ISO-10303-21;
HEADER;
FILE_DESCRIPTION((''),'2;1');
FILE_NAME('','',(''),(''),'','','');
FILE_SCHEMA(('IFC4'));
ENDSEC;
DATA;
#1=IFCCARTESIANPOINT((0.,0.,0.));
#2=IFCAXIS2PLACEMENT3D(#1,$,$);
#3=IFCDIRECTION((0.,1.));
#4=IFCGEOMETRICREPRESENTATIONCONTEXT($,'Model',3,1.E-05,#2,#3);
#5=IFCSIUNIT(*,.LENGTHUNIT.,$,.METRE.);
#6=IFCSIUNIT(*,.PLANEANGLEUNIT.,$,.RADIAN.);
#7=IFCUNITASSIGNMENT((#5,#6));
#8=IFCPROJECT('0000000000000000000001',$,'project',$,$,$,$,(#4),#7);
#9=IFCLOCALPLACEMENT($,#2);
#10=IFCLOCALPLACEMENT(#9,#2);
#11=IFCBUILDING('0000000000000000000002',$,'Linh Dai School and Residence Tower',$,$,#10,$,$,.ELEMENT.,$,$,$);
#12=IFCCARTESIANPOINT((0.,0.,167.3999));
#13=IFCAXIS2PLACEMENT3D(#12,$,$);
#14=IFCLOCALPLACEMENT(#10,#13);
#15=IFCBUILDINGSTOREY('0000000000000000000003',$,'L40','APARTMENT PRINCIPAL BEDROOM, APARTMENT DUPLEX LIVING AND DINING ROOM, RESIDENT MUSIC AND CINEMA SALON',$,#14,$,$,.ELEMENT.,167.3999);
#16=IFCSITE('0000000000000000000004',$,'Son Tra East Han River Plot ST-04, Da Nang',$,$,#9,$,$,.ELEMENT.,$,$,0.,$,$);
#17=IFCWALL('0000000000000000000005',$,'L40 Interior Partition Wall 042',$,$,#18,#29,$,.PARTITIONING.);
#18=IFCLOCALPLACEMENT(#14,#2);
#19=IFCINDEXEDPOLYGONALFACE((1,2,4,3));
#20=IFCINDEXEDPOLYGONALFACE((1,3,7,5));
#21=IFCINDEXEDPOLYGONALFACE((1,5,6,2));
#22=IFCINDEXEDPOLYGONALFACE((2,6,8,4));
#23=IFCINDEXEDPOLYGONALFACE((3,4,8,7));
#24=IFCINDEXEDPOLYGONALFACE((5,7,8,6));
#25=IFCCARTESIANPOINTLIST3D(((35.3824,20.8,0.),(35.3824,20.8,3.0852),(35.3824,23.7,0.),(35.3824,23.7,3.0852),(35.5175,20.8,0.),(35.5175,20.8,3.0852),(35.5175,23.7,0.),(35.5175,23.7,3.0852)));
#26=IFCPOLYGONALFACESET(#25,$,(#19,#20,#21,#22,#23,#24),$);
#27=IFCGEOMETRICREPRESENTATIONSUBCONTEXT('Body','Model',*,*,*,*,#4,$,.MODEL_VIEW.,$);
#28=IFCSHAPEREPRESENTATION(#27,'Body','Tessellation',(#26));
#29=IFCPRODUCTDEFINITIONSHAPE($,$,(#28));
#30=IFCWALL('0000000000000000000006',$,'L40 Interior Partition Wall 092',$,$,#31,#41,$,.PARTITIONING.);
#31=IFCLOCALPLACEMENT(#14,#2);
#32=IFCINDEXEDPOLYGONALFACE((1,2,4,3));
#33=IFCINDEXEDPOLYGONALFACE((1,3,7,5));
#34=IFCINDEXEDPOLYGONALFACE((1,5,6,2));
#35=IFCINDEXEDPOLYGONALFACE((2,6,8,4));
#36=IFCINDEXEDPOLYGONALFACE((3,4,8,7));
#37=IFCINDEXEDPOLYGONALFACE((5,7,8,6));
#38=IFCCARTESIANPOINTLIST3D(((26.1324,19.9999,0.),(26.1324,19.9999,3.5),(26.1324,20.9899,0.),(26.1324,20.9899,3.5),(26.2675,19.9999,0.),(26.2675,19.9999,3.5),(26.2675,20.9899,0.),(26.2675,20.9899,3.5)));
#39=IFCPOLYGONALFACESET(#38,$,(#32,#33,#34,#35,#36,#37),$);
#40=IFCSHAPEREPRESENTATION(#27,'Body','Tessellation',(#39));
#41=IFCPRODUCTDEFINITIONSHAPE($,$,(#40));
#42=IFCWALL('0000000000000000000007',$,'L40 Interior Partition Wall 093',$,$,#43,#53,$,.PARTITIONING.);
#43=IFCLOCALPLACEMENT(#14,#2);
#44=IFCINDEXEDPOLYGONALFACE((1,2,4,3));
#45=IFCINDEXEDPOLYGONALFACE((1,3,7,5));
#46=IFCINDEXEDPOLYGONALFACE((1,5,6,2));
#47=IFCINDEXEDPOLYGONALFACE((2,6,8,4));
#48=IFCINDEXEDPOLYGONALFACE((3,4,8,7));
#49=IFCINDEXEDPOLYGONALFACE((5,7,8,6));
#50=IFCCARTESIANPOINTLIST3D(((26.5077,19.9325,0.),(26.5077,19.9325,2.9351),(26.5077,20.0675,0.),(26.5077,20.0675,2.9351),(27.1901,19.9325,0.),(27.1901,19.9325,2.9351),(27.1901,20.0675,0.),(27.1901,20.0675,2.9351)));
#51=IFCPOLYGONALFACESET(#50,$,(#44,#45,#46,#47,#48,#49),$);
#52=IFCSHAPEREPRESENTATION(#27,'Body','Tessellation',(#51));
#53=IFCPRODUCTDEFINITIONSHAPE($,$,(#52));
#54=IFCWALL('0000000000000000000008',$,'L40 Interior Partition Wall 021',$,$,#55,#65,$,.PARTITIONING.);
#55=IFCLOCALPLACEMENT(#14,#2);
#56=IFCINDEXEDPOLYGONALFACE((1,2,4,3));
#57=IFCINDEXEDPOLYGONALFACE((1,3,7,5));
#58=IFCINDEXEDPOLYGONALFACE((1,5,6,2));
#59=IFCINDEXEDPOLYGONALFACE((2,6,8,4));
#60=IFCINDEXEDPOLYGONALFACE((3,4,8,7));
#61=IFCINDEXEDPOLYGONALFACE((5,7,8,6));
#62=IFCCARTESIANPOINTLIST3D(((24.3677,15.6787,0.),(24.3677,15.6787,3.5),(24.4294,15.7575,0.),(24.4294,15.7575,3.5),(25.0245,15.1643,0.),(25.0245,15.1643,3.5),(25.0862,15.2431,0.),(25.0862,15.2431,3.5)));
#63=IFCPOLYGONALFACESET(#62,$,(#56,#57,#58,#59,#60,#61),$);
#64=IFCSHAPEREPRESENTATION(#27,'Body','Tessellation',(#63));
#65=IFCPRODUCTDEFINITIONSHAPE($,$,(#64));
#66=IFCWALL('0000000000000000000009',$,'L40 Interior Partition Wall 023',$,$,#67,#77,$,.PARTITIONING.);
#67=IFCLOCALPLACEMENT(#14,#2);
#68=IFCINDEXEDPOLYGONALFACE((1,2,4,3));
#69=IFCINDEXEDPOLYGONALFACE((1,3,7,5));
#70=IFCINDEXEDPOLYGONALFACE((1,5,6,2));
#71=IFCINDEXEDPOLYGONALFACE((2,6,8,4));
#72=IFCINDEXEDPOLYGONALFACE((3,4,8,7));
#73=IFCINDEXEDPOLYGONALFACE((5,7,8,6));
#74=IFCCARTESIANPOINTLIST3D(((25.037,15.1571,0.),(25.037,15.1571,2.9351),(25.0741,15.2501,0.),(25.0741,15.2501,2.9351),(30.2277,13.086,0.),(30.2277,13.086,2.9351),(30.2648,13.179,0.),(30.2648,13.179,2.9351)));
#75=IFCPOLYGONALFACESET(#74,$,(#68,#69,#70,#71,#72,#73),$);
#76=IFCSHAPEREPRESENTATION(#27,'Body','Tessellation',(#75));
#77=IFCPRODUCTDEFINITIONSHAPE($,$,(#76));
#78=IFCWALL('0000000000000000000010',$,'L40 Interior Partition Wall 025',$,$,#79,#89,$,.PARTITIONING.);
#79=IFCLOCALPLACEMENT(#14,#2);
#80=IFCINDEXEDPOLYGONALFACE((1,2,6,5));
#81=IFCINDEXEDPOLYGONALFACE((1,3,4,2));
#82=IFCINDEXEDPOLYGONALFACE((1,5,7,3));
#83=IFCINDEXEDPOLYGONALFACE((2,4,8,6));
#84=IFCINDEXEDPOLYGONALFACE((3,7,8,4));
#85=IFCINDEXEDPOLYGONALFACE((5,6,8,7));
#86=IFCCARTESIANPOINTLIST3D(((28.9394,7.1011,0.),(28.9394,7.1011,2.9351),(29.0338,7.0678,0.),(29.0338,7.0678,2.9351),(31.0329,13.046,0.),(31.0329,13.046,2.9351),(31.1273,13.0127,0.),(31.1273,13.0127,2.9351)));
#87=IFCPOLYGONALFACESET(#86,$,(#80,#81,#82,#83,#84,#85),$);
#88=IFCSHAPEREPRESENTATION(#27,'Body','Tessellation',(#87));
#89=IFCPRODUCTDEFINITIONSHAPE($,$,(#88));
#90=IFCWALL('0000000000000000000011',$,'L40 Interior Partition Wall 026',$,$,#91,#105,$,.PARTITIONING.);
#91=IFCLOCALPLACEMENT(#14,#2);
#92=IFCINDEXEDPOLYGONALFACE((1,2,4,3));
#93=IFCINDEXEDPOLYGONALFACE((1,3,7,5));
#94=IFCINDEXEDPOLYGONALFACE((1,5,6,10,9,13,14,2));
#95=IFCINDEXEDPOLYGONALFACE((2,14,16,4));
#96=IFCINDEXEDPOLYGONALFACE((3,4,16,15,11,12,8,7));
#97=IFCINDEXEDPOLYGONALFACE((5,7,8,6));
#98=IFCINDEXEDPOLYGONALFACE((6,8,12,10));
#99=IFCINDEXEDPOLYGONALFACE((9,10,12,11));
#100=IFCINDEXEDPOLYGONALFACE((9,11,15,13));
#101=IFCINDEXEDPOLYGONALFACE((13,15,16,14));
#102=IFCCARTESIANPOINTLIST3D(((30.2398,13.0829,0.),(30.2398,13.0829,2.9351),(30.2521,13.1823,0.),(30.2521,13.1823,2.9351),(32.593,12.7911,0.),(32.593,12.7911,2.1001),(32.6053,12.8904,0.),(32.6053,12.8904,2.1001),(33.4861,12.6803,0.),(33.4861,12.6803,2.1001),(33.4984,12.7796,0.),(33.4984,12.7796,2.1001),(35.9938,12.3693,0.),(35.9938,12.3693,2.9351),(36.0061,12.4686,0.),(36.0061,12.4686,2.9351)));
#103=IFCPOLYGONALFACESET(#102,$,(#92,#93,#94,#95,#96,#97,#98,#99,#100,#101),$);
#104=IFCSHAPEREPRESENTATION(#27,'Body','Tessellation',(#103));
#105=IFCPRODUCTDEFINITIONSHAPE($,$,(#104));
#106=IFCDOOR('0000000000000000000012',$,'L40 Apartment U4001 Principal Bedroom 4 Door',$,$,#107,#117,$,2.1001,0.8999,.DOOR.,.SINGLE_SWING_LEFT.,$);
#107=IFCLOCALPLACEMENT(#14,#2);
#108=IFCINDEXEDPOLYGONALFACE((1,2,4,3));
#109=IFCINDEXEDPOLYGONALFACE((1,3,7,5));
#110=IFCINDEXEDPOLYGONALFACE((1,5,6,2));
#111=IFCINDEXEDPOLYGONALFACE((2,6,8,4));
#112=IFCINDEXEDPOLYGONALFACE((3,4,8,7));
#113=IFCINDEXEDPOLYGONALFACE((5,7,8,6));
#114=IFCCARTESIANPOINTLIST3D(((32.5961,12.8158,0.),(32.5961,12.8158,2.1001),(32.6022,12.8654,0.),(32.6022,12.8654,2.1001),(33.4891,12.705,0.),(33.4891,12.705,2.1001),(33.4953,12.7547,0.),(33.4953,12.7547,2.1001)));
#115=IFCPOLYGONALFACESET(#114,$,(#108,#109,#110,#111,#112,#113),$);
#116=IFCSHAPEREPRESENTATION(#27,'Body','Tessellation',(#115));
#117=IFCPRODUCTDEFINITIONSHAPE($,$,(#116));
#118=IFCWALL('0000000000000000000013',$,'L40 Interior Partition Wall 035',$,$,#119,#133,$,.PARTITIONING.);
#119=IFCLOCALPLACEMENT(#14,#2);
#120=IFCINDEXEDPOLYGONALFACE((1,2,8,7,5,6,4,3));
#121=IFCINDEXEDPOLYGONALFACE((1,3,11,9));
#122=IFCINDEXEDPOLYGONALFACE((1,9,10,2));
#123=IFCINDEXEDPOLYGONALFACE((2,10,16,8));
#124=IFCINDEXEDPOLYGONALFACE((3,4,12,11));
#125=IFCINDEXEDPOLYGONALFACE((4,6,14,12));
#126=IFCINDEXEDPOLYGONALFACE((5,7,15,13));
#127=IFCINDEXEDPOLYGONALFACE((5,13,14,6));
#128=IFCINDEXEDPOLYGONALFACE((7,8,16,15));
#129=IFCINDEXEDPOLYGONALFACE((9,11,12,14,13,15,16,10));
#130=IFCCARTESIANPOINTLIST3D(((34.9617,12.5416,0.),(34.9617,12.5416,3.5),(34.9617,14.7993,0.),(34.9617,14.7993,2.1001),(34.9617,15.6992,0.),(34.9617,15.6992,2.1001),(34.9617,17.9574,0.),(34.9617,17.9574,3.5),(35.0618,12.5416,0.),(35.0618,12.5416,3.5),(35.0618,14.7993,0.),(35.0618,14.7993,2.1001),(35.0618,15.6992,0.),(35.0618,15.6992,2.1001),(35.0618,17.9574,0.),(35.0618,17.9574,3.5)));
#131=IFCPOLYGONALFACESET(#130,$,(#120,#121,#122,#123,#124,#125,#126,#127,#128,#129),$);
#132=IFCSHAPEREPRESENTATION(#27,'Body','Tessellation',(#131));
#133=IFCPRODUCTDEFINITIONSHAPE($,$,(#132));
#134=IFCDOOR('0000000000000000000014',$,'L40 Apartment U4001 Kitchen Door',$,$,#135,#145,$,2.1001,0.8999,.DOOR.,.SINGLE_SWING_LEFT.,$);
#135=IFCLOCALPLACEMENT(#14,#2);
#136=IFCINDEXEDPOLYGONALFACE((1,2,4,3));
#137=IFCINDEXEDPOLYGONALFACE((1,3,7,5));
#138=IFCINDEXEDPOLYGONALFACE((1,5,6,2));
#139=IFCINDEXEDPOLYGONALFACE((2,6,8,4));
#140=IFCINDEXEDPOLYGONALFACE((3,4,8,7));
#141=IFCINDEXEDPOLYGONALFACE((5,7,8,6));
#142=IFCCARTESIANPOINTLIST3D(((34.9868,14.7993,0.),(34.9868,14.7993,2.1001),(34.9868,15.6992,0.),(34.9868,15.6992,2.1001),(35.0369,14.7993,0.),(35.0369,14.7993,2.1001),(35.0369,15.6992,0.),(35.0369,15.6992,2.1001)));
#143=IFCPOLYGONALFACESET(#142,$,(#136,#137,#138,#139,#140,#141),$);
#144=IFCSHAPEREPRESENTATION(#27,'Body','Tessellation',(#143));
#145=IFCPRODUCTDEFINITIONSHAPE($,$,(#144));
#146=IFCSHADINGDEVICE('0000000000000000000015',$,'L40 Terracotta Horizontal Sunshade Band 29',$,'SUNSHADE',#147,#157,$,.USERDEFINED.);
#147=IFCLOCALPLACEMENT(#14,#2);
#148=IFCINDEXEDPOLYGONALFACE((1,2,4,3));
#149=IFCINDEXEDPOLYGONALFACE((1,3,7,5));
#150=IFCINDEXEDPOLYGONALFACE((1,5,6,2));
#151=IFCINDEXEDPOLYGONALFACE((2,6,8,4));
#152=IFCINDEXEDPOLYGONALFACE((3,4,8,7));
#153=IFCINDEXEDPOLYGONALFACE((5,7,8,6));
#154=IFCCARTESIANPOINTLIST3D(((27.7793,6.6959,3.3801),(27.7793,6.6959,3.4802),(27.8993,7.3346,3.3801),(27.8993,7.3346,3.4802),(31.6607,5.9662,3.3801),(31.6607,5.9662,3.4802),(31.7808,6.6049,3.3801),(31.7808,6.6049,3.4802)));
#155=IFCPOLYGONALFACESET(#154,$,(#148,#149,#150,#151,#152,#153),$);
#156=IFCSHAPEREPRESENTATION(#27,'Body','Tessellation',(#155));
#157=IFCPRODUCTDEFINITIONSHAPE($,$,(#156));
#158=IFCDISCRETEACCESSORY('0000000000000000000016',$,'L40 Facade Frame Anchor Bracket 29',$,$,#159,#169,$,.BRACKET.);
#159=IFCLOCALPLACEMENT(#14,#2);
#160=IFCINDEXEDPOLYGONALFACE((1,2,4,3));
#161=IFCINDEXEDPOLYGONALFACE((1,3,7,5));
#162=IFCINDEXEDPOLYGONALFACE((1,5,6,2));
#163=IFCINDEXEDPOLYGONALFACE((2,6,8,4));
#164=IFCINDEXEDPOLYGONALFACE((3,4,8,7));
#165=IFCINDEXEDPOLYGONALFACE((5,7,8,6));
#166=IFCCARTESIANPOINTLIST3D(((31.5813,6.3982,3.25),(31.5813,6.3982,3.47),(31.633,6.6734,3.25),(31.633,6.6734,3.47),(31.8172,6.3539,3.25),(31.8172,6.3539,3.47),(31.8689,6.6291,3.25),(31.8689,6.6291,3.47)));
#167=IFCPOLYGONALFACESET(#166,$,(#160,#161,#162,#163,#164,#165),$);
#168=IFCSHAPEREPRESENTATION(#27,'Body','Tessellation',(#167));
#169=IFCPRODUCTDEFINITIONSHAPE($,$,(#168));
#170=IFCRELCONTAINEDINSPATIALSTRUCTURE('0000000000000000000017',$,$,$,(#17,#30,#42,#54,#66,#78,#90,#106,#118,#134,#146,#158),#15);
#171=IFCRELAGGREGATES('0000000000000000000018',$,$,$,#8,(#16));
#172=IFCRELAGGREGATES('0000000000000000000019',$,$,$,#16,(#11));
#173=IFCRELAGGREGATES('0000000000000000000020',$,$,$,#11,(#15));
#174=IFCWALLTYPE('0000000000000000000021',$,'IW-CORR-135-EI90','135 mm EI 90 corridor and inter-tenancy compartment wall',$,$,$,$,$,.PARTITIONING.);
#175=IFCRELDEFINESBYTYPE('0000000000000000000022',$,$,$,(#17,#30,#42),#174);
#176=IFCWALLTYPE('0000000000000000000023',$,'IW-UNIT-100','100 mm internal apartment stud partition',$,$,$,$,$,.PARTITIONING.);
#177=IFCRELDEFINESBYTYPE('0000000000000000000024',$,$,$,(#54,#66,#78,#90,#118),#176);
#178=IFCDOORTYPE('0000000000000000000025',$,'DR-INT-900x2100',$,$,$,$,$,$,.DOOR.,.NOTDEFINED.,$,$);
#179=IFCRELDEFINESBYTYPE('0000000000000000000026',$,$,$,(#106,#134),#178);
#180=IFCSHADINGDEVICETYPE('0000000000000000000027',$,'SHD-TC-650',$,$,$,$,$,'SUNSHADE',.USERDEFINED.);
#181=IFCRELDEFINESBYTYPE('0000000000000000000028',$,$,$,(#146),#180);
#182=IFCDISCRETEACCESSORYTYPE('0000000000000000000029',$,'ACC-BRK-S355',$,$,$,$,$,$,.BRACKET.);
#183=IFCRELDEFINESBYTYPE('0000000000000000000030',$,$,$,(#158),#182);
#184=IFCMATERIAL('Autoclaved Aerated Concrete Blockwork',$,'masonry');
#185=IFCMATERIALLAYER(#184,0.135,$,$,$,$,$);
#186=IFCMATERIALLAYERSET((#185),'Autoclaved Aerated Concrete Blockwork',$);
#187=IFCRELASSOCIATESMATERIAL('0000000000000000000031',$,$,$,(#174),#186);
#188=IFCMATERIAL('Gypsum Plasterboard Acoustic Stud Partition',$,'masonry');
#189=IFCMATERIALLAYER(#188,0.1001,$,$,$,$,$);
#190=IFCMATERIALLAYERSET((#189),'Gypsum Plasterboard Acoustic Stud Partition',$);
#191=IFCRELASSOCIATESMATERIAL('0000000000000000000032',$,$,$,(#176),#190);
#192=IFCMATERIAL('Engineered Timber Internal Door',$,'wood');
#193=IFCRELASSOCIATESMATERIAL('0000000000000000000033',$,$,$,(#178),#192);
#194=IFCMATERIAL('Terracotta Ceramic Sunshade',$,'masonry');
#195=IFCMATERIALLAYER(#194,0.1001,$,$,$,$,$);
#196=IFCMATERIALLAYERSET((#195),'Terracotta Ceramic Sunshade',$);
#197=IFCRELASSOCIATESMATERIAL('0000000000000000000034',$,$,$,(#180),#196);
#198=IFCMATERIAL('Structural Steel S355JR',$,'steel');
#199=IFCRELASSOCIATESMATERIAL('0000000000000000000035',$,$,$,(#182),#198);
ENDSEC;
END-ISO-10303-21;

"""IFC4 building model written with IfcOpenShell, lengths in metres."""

from ifc_helpers import new_model, si_unit, direction, frame, frame_2d, origin, origin_2d, place, context, subcontext, project, spatial, rectangle, extrude, source, transform, mapped, material, layer, layer_set, type_object, element, fill, save


model = new_model("IFC4")

# Units and contexts
model_context = context("Model", 3, precision=1e-05, world=origin(), true_north=direction((0.0, 1.0)))
body_context = subcontext(model_context, "Body", "Model", "MODEL_VIEW")
ifc_project = project(units=[si_unit("LENGTHUNIT", "METRE"), si_unit("PLANEANGLEUNIT", "RADIAN")], contexts=[model_context])

# Site, building, storey
site_placement = place(None, origin())
site = spatial("IfcSite", under=ifc_project, at=site_placement, Name="Son Tra East Han River Plot ST-04, Da Nang", CompositionType="ELEMENT", RefElevation=0.0)
building_placement = place(site_placement, origin())
building = spatial("IfcBuilding", under=site, at=building_placement, Name="Linh Dai School and Residence Tower", CompositionType="ELEMENT")
storey_placement = place(building_placement, frame((0.0, 0.0, 167.3999)))
storey = spatial("IfcBuildingStorey", under=building, at=storey_placement, Name="L40", Description="APARTMENT PRINCIPAL BEDROOM, APARTMENT DUPLEX LIVING AND DINING ROOM, RESIDENT MUSIC AND CINEMA SALON", CompositionType="ELEMENT", Elevation=167.3999)

# Shared definitions
ifc_material_1 = material(Name="Structural Steel S355JR", Category="steel")

# Walls
ifc_material_2 = material(Name="Autoclaved Aerated Concrete Blockwork", Category="masonry")
ifc_layer_1 = layer(ifc_material_2, 0.135)
ifc_layer_set_1 = layer_set([ifc_layer_1], Name="Autoclaved Aerated Concrete Blockwork")
wall_type_1 = type_object("IfcWallType", Name="IW-CORR-135-EI90", Description="135 mm EI 90 corridor and inter-tenancy compartment wall", PredefinedType="PARTITIONING", material=ifc_layer_set_1)
wall_1_placement = place(storey_placement, frame((35.45, 20.8, 0.0), z_axis=(0.0, 0.0, 1.0), x_axis=(0.0, 1.0, 0.0)))
element("IfcWall", 1, at=wall_1_placement, inside=storey, type_object=wall_type_1, Name="L40 Interior Partition Wall 042", PredefinedType="PARTITIONING", context=body_context, shape_type="SweptSolid", body=[
    extrude(rectangle(XDim=2.8999, YDim=0.135, at=frame_2d((1.45, 0.0))), origin(), (0.0, 0.0, 1.0), 3.0852),
])
wall_2_placement = place(storey_placement, frame((26.2, 20.99, 0.0), z_axis=(0.0, 0.0, 1.0), x_axis=(0.0, -1.0, 0.0)))
element("IfcWall", 2, at=wall_2_placement, inside=storey, type_object=wall_type_1, Name="L40 Interior Partition Wall 092", PredefinedType="PARTITIONING", context=body_context, shape_type="SweptSolid", body=[
    extrude(rectangle(XDim=0.99, YDim=0.135, at=frame_2d((0.4951, 0.0))), origin(), (0.0, 0.0, 1.0), 3.5),
])
wall_3_placement = place(storey_placement, frame((26.5076, 20.0, 0.0), z_axis=(0.0, 0.0, 1.0), x_axis=(1.0, 0.0, 0.0)))
element("IfcWall", 3, at=wall_3_placement, inside=storey, type_object=wall_type_1, Name="L40 Interior Partition Wall 093", PredefinedType="PARTITIONING", context=body_context, shape_type="SweptSolid", body=[
    extrude(rectangle(XDim=0.6824, YDim=0.135, at=frame_2d((0.3413, 0.0))), origin(), (0.0, 0.0, 1.0), 2.9351),
])

# Walls
ifc_material_3 = material(Name="Gypsum Plasterboard Acoustic Stud Partition", Category="masonry")
ifc_layer_2 = layer(ifc_material_3, 0.1001)
ifc_layer_set_2 = layer_set([ifc_layer_2], Name="Gypsum Plasterboard Acoustic Stud Partition")
wall_type_2 = type_object("IfcWallType", Name="IW-UNIT-100", Description="100 mm internal apartment stud partition", PredefinedType="PARTITIONING", material=ifc_layer_set_2)
wall_4_placement = place(storey_placement, frame((24.3987, 15.718, 0.0), z_axis=(0.0, 0.0, 1.0), x_axis=(0.787252, -0.616632, 0.0)))
element("IfcWall", 4, at=wall_4_placement, inside=storey, type_object=wall_type_2, Name="L40 Interior Partition Wall 021", PredefinedType="PARTITIONING", context=body_context, shape_type="SweptSolid", body=[
    extrude(rectangle(XDim=0.8342, YDim=0.1001, at=frame_2d((0.417, 0.0))), origin(), (0.0, 0.0, 1.0), 3.5),
])
wall_5_placement = place(storey_placement, frame((25.0554, 15.2036, 0.0), z_axis=(0.0, 0.0, 1.0), x_axis=(0.928799, -0.370585, 0.0)))
element("IfcWall", 5, at=wall_5_placement, inside=storey, type_object=wall_type_2, Name="L40 Interior Partition Wall 023", PredefinedType="PARTITIONING", context=body_context, shape_type="SweptSolid", body=[
    extrude(rectangle(XDim=5.5886, YDim=0.1001, at=frame_2d((2.7944, 0.0))), origin(), (0.0, 0.0, 1.0), 2.9351),
])
wall_6_placement = place(storey_placement, frame((28.9866, 7.0845, 0.0), z_axis=(0.0, 0.0, 1.0), x_axis=(0.332162, 0.943223, 0.0)))
element("IfcWall", 6, at=wall_6_placement, inside=storey, type_object=wall_type_2, Name="L40 Interior Partition Wall 025", PredefinedType="PARTITIONING", context=body_context, shape_type="SweptSolid", body=[
    extrude(rectangle(XDim=6.3027, YDim=0.1001, at=frame_2d((3.1514, 0.0))), origin(), (0.0, 0.0, 1.0), 2.9351),
])

# Walls, openings, doors
wall_7_placement = place(storey_placement, frame((30.2461, 13.1326, 0.0), z_axis=(0.0, 0.0, 1.0), x_axis=(0.992397, -0.123081, 0.0)))
wall_7 = element("IfcWall", 7, at=wall_7_placement, inside=storey, type_object=wall_type_2, Name="L40 Interior Partition Wall 026", PredefinedType="PARTITIONING", context=body_context, shape_type="SweptSolid", body=[
    extrude(rectangle(XDim=5.7981, YDim=0.1001, at=frame_2d((2.8989, 0.0))), origin(), (0.0, 0.0, 1.0), 2.9351),
])
opening_1_placement = place(wall_7_placement, frame((2.3711, 0.0, 0.0)))
opening_1 = element("IfcOpeningElement", 8, at=opening_1_placement, cuts=wall_7, PredefinedType="OPENING", context=body_context, shape_type="SweptSolid", body=[
    extrude(rectangle(XDim=0.8999, YDim=2.1001, at=origin_2d()), frame((0.45, 0.0601, 1.05), z_axis=(0.0, -1.0, 0.0), x_axis=(1.0, 0.0, 0.0)), (0.0, 0.0, 1.0), 0.1201),
])
ifc_material_4 = material(Name="Engineered Timber Internal Door", Category="wood")
door_type_1 = type_object("IfcDoorType", Name="DR-INT-900x2100", OperationType="NOTDEFINED", PredefinedType="DOOR", material=ifc_material_4)
shared_shape_1 = source(origin(), body_context, "Body", "SweptSolid", [
    extrude(rectangle(XDim=0.8999, YDim=2.1001, at=origin_2d()), frame((0.45, 0.0249, 1.05), z_axis=(0.0, -1.0, 0.0), x_axis=(1.0, 0.0, 0.0)), (0.0, 0.0, 1.0), 0.05),
])
door_1_placement = place(opening_1_placement, origin())
door_1 = element("IfcDoor", 9, at=door_1_placement, inside=storey, type_object=door_type_1, Name="L40 Apartment U4001 Principal Bedroom 4 Door", OperationType="SINGLE_SWING_LEFT", OverallHeight=2.1001, OverallWidth=0.8999, PredefinedType="DOOR", context=body_context, shape_type="MappedRepresentation", body=[
    mapped(shared_shape_1, transform((0.0, 0.0, 0.0), x_axis=(1.0, 0.0, 0.0), y_axis=(0.0, 1.0, 0.0), z_axis=(0.0, 0.0, 1.0), scale=1.0)),
])
fill(opening_1, door_1)
wall_8_placement = place(storey_placement, frame((35.0117, 12.5415, 0.0), z_axis=(0.0, 0.0, 1.0), x_axis=(0.0, 1.0, 0.0)))
wall_8 = element("IfcWall", 10, at=wall_8_placement, inside=storey, type_object=wall_type_2, Name="L40 Interior Partition Wall 035", PredefinedType="PARTITIONING", context=body_context, shape_type="SweptSolid", body=[
    extrude(rectangle(XDim=5.4158, YDim=0.1001, at=frame_2d((2.708, 0.0))), origin(), (0.0, 0.0, 1.0), 3.5),
])
opening_2_placement = place(wall_8_placement, frame((2.2578, 0.0, 0.0)))
opening_2 = element("IfcOpeningElement", 11, at=opening_2_placement, cuts=wall_8, PredefinedType="OPENING", context=body_context, shape_type="SweptSolid", body=[
    extrude(rectangle(XDim=0.8999, YDim=2.1001, at=origin_2d()), frame((0.45, 0.0601, 1.05), z_axis=(0.0, -1.0, 0.0), x_axis=(1.0, 0.0, 0.0)), (0.0, 0.0, 1.0), 0.1201),
])
door_2_placement = place(opening_2_placement, origin())
door_2 = element("IfcDoor", 12, at=door_2_placement, inside=storey, type_object=door_type_1, Name="L40 Apartment U4001 Kitchen Door", OperationType="SINGLE_SWING_LEFT", OverallHeight=2.1001, OverallWidth=0.8999, PredefinedType="DOOR", context=body_context, shape_type="MappedRepresentation", body=[
    mapped(shared_shape_1, transform((0.0, 0.0, 0.0), x_axis=(1.0, 0.0, 0.0), y_axis=(0.0, 1.0, 0.0), z_axis=(0.0, 0.0, 1.0), scale=1.0)),
])
fill(opening_2, door_2)

# Shading device
ifc_material_5 = material(Name="Terracotta Ceramic Sunshade", Category="masonry")
ifc_layer_3 = layer(ifc_material_5, 0.1001)
ifc_layer_set_3 = layer_set([ifc_layer_3], Name="Terracotta Ceramic Sunshade")
shading_device_type = type_object("IfcShadingDeviceType", Name="SHD-TC-650", ElementType="SUNSHADE", PredefinedType="USERDEFINED", material=ifc_layer_set_3)
shared_shape_2 = source(origin(), body_context, "Body", "SweptSolid", [
    extrude(rectangle(XDim=3.9495, YDim=0.6499, at=origin_2d()), origin(), (0.0, 0.0, 1.0), 0.1001),
])
shading_device_placement = place(storey_placement, frame((29.78, 6.6504, 3.3801), z_axis=(0.0, 0.0, 1.0), x_axis=(-0.982783, 0.184763, 0.0)))
element("IfcShadingDevice", 13, at=shading_device_placement, inside=storey, type_object=shading_device_type, Name="L40 Terracotta Horizontal Sunshade Band 29", ObjectType="SUNSHADE", PredefinedType="USERDEFINED", context=body_context, shape_type="MappedRepresentation", body=[
    mapped(shared_shape_2, transform((0.0, 0.0, 0.0), x_axis=(1.0, 0.0, 0.0), y_axis=(0.0, 1.0, 0.0), z_axis=(0.0, 0.0, 1.0), scale=1.0)),
])

# Discrete accessory
discrete_accessory_type = type_object("IfcDiscreteAccessoryType", Name="ACC-BRK-S355", PredefinedType="BRACKET", material=ifc_material_1)
shared_shape_3 = source(origin(), body_context, "Body", "SweptSolid", [
    extrude(rectangle(XDim=0.28, YDim=0.24, at=origin_2d()), origin(), (0.0, 0.0, 1.0), 0.22),
])
discrete_accessory_placement = place(storey_placement, frame((31.7251, 6.5137, 3.25), z_axis=(0.0, 0.0, 1.0), x_axis=(-0.184763, -0.982783, 0.0)))
element("IfcDiscreteAccessory", 14, at=discrete_accessory_placement, inside=storey, type_object=discrete_accessory_type, Name="L40 Facade Frame Anchor Bracket 29", PredefinedType="BRACKET", context=body_context, shape_type="MappedRepresentation", body=[
    mapped(shared_shape_3, transform((0.0, 0.0, 0.0), x_axis=(1.0, 0.0, 0.0), y_axis=(0.0, 1.0, 0.0), z_axis=(0.0, 0.0, 1.0), scale=1.0)),
])

save(model, "model.ifc")
